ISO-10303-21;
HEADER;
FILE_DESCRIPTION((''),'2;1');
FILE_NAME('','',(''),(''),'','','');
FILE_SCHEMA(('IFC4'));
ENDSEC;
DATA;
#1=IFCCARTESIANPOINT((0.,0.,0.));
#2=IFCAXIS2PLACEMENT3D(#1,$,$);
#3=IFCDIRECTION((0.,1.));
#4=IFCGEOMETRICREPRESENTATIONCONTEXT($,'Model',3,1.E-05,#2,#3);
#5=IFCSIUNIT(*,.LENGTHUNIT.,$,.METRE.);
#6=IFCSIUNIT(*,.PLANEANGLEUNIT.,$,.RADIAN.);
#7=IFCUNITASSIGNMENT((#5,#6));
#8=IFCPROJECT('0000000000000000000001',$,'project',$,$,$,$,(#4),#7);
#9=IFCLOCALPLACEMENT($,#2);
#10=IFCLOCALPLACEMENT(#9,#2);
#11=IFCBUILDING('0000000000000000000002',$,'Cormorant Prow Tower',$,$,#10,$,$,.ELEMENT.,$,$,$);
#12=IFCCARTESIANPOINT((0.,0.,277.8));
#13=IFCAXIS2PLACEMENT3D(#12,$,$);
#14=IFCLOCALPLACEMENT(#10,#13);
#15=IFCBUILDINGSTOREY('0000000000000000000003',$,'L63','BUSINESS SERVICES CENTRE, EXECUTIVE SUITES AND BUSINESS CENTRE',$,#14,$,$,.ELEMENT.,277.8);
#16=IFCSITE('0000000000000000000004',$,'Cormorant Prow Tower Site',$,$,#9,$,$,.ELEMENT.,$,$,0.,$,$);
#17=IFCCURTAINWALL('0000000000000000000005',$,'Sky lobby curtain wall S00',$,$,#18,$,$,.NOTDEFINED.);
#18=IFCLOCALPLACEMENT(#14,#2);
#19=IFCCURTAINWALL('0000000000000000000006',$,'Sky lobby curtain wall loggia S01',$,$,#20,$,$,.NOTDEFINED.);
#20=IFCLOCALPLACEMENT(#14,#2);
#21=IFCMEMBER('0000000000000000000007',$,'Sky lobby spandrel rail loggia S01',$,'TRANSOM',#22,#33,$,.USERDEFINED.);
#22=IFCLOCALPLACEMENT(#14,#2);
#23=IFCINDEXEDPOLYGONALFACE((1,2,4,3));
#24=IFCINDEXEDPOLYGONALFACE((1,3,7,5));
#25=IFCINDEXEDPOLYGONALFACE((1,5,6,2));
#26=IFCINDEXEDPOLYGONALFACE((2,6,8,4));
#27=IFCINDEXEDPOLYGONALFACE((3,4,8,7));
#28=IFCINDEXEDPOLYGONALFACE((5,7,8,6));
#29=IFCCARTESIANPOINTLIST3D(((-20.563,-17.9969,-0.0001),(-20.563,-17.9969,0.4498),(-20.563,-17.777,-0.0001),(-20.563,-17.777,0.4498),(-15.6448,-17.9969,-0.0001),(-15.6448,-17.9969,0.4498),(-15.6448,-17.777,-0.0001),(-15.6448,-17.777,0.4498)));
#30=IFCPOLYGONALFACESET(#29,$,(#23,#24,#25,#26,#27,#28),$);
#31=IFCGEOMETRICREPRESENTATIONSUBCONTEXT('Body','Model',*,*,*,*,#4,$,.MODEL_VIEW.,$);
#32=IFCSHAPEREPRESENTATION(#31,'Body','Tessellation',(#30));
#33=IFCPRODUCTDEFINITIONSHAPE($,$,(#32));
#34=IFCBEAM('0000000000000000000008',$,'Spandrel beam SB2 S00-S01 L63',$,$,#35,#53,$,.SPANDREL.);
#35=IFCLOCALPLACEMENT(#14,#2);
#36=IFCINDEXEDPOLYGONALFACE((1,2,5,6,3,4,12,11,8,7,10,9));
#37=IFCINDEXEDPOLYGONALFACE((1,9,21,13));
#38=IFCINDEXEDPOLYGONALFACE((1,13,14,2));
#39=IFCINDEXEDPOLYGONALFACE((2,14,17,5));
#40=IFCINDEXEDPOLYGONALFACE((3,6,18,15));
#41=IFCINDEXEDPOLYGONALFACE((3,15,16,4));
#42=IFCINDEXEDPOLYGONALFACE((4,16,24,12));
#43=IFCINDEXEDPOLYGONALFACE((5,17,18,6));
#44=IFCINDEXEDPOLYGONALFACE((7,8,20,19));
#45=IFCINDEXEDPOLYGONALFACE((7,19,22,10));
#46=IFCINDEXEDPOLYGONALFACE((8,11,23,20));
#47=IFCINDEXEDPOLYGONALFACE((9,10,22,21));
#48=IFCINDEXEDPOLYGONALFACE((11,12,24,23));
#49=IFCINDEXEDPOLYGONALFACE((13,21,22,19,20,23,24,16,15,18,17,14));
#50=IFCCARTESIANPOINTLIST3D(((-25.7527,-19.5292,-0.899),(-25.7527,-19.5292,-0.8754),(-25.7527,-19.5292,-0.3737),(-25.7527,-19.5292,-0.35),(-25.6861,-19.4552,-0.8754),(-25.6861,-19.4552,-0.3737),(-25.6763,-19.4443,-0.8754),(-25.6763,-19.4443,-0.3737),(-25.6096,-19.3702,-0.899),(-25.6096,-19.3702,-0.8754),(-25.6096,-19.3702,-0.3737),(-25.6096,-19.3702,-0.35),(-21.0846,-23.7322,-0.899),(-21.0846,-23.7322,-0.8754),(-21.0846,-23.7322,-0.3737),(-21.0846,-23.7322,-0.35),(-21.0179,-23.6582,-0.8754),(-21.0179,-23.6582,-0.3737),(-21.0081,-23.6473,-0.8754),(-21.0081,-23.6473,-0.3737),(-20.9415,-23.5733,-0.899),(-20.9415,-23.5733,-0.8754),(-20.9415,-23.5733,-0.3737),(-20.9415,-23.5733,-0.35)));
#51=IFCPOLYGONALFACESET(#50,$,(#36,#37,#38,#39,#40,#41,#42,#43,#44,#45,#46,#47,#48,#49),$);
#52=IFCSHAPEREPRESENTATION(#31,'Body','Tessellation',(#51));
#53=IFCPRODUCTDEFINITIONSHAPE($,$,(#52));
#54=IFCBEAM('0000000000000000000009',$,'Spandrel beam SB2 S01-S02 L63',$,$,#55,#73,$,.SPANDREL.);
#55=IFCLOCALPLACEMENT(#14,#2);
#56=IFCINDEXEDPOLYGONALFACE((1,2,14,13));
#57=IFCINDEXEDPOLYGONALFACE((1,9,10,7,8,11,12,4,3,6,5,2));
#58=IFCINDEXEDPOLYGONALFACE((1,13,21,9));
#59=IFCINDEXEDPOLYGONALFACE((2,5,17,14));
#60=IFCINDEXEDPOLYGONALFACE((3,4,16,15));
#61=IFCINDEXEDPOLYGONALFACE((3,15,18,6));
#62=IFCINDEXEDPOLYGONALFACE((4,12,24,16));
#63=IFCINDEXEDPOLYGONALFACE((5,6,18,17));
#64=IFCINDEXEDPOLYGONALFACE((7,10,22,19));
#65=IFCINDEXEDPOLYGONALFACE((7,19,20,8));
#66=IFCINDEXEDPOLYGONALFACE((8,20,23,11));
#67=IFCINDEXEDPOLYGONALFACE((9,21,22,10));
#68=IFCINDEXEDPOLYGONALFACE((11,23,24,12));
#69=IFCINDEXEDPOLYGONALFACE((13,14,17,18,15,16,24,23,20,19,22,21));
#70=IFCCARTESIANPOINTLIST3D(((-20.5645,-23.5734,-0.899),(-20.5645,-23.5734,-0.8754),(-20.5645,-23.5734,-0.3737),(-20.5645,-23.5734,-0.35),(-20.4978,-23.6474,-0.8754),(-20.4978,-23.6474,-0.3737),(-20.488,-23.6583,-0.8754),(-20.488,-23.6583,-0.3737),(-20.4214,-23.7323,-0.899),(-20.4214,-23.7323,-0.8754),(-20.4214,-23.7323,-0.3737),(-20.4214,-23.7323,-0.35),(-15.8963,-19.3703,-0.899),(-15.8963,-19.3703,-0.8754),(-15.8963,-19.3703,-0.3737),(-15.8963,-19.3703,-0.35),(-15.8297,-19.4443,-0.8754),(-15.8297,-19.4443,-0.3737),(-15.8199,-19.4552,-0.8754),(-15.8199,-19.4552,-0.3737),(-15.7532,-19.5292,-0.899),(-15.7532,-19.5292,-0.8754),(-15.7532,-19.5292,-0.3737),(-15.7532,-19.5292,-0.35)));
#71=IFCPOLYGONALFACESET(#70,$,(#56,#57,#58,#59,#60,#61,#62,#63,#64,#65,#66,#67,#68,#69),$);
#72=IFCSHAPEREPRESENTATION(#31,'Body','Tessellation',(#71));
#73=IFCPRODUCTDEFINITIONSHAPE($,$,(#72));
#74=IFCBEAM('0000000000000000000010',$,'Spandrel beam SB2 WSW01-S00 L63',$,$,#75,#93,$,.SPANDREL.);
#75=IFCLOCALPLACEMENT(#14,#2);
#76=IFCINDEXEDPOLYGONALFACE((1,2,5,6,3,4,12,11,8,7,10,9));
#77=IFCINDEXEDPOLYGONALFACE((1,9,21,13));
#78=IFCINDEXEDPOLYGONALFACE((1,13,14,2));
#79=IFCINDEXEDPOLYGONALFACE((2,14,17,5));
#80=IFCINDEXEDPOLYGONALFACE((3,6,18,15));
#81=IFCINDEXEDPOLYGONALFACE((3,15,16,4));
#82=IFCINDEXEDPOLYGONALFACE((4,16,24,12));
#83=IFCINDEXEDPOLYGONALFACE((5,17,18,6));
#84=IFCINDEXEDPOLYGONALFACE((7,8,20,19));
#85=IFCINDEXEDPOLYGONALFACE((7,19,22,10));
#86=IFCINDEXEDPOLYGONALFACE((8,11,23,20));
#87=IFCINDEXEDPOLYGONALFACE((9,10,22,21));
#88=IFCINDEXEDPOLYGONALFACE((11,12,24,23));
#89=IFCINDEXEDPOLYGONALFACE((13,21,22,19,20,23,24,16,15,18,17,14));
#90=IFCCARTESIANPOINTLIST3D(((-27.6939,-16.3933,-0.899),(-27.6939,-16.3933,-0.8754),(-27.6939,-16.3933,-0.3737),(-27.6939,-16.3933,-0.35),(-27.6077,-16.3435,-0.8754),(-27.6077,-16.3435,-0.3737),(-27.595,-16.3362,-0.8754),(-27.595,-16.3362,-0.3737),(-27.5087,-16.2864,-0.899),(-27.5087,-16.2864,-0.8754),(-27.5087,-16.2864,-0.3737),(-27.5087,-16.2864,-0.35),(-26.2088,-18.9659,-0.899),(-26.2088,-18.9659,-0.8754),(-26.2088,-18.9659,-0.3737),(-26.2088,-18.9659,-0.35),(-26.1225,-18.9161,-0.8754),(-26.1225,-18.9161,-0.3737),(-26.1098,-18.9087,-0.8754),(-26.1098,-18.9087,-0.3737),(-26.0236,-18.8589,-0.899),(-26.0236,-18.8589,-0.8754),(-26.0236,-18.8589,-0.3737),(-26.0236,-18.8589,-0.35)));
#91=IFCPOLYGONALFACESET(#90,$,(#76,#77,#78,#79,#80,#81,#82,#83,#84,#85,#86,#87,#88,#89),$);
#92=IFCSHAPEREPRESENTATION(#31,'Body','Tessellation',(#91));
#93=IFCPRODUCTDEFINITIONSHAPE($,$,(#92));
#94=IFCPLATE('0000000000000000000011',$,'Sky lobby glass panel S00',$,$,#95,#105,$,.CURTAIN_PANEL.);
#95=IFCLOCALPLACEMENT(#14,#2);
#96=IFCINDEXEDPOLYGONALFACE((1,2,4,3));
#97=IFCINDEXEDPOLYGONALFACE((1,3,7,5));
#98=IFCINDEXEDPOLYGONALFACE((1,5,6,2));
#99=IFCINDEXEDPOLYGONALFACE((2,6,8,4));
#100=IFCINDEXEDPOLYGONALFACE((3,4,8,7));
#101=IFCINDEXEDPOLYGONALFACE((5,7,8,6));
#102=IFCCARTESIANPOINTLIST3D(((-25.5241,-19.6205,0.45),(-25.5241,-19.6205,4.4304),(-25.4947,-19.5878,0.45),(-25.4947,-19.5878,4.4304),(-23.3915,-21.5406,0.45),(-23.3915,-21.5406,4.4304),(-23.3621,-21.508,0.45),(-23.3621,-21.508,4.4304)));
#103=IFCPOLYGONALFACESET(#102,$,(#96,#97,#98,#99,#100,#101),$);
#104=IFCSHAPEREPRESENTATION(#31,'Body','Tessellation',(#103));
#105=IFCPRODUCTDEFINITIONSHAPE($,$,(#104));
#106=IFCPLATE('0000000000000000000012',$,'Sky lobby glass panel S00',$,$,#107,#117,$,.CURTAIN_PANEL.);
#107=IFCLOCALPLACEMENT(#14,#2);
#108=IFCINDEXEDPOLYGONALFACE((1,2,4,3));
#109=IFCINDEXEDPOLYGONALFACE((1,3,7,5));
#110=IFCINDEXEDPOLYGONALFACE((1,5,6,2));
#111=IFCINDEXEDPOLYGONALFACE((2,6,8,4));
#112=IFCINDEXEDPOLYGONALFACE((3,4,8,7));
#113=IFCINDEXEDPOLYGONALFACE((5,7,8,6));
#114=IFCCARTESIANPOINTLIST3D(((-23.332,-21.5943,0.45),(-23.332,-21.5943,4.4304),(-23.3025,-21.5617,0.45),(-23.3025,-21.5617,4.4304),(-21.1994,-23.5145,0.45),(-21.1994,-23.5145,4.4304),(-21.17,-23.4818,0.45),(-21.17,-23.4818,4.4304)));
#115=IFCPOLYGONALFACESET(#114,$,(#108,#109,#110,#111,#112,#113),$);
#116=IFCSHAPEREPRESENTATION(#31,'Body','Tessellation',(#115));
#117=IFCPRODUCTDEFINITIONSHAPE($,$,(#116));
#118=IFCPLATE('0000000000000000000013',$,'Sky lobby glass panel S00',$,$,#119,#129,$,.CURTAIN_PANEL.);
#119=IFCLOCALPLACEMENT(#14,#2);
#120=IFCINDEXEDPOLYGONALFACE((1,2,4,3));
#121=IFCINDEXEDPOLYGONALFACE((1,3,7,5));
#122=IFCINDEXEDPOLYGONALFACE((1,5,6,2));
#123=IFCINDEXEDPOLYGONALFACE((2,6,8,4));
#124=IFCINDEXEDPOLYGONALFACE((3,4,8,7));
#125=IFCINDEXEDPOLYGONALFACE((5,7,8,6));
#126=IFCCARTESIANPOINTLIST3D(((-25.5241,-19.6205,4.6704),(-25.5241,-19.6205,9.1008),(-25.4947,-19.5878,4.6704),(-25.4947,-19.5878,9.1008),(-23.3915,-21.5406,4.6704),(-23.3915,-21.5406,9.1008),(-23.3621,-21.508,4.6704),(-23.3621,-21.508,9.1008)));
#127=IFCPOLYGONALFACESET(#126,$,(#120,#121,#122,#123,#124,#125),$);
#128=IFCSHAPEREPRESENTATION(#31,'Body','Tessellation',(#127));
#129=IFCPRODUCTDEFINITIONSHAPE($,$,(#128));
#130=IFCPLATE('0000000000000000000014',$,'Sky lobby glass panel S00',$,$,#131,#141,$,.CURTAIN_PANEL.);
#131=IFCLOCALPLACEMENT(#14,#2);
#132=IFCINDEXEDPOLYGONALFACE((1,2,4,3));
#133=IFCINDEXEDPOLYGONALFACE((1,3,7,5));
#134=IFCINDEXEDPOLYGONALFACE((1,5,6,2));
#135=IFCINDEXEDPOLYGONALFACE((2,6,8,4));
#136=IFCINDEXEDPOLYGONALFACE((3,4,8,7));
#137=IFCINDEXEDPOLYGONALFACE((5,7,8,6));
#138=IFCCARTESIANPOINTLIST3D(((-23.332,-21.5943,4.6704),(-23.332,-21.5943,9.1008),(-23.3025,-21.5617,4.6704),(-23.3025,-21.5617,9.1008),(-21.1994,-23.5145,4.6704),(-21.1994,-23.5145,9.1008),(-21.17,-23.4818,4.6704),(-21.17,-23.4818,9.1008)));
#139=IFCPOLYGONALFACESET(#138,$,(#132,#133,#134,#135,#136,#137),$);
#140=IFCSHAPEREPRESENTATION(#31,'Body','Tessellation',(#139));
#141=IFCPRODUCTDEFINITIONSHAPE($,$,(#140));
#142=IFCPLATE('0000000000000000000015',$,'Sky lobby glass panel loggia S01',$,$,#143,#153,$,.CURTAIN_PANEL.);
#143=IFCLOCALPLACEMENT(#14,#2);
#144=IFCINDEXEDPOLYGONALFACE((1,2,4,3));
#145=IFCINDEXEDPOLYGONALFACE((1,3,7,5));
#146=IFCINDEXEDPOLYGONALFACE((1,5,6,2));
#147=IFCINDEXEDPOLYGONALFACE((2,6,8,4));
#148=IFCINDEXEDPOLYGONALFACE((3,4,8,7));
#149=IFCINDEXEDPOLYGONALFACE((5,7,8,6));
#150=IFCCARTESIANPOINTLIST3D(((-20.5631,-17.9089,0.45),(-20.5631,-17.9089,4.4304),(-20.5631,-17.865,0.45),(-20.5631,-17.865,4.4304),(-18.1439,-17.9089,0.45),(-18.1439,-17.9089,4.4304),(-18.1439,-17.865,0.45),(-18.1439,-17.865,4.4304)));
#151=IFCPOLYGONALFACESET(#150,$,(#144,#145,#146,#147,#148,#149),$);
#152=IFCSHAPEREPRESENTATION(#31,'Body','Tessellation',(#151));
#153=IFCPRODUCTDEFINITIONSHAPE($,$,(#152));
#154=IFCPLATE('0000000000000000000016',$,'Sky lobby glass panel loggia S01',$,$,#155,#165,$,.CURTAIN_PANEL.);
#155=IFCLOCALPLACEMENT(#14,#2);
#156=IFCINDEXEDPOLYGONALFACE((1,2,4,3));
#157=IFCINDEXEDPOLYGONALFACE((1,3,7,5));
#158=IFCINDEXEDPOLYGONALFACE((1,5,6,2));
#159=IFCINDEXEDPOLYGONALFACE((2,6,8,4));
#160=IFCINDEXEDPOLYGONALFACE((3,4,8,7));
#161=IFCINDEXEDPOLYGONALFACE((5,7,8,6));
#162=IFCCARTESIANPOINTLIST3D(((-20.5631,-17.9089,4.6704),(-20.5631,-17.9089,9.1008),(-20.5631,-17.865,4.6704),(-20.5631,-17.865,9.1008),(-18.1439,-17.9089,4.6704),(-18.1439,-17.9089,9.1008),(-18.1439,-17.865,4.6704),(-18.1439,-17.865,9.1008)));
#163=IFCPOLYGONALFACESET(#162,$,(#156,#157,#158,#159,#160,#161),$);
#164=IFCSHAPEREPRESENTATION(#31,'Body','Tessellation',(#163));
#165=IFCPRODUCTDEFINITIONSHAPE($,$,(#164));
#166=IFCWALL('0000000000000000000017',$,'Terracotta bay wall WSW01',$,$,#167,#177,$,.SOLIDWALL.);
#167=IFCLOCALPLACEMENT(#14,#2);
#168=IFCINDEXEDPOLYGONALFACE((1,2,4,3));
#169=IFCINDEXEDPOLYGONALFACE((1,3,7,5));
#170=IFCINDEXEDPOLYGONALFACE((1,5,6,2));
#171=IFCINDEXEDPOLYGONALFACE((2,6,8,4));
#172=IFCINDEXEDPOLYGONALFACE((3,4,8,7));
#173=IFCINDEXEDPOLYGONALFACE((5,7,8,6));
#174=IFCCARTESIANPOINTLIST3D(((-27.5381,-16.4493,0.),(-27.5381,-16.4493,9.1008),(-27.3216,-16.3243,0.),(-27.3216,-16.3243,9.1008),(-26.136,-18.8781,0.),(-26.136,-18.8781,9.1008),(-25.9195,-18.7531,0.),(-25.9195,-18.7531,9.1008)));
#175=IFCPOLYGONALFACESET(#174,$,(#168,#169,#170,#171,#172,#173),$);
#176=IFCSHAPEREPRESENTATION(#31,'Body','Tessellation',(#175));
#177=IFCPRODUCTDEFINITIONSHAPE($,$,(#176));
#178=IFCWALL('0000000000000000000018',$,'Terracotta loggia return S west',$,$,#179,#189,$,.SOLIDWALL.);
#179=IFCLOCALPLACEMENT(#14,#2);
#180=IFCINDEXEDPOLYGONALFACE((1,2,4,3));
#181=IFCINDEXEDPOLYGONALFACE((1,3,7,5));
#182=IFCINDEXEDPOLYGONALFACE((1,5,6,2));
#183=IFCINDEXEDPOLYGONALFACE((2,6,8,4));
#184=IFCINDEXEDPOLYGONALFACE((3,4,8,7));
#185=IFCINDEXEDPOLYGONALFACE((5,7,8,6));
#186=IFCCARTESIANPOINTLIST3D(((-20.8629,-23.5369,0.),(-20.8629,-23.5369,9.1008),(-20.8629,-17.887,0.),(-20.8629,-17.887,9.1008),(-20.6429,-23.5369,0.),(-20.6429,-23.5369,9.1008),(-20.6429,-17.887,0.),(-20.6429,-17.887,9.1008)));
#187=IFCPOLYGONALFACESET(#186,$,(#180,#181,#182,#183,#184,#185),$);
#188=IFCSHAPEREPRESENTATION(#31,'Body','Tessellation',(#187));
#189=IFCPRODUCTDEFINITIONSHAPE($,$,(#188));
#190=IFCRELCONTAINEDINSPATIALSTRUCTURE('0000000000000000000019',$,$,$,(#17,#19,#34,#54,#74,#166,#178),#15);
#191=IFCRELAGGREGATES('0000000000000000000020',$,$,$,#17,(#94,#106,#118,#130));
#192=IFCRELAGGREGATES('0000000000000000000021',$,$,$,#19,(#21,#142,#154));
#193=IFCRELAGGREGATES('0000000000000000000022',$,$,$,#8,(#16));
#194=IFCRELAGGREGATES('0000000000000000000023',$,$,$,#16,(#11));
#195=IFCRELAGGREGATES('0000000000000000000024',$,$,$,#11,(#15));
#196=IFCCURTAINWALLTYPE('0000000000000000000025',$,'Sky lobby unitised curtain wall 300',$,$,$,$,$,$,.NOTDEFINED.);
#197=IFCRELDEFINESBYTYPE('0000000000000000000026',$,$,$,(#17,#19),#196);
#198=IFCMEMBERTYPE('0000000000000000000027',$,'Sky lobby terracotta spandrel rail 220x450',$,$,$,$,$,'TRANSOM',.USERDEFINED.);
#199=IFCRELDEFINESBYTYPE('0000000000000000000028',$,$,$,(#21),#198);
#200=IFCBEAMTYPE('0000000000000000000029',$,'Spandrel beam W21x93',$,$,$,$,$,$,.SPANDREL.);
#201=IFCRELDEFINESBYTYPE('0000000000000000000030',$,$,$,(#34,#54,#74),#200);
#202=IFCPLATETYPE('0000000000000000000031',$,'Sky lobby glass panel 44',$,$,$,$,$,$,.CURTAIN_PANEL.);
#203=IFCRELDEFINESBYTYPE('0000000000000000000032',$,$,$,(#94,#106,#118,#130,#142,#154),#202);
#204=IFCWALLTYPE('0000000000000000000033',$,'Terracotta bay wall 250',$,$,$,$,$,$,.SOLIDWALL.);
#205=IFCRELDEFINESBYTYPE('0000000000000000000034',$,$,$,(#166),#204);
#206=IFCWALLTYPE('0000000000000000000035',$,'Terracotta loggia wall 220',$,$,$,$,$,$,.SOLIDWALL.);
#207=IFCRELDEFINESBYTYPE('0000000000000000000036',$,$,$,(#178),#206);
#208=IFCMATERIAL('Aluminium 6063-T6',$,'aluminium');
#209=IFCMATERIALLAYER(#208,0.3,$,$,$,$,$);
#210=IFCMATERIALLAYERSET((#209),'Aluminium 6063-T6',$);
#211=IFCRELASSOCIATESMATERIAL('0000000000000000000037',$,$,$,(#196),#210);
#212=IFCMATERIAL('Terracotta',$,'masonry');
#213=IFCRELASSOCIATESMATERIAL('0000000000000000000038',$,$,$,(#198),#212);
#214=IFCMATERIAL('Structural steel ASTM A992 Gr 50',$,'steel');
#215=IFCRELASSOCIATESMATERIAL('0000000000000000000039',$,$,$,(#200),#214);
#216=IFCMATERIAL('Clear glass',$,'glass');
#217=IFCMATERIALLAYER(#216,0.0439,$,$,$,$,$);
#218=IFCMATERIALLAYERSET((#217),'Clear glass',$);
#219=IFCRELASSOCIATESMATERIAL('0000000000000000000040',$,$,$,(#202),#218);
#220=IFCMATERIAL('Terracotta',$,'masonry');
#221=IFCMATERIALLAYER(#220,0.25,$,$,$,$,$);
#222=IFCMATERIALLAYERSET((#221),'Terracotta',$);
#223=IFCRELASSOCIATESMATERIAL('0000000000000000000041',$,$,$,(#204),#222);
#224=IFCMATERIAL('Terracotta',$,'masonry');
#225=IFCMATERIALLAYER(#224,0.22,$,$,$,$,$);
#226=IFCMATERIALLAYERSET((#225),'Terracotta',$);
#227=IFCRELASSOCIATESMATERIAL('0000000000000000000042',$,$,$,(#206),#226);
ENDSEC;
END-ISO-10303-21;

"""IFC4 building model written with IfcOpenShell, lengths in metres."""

from ifc_helpers import new_model, si_unit, direction, frame, frame_2d, origin, origin_2d, place, context, subcontext, project, spatial, rectangle, i_section, extrude, material, layer, layer_set, material_profile, profile_set, type_object, element, aggregate, save


model = new_model("IFC4")

# Units and contexts
model_context = context("Model", 3, precision=1e-05, world=origin(), true_north=direction((0.0, 1.0)))
body_context = subcontext(model_context, "Body", "Model", "MODEL_VIEW")
ifc_project = project(units=[si_unit("LENGTHUNIT", "METRE"), si_unit("PLANEANGLEUNIT", "RADIAN")], contexts=[model_context])

# Site, building, storey
site_placement = place(None, origin())
site = spatial("IfcSite", under=ifc_project, at=site_placement, Name="Cormorant Prow Tower Site", CompositionType="ELEMENT", RefElevation=0.0)
building_placement = place(site_placement, origin())
building = spatial("IfcBuilding", under=site, at=building_placement, Name="Cormorant Prow Tower", CompositionType="ELEMENT")
storey_placement = place(building_placement, frame((0.0, 0.0, 277.8)))
storey = spatial("IfcBuildingStorey", under=building, at=storey_placement, Name="L63", Description="BUSINESS SERVICES CENTRE, EXECUTIVE SUITES AND BUSINESS CENTRE", CompositionType="ELEMENT", Elevation=277.8)

# Curtain walls
ifc_material_1 = material(Name="Aluminium 6063-T6", Category="aluminium")
ifc_layer_1 = layer(ifc_material_1, 0.3)
ifc_layer_set_1 = layer_set([ifc_layer_1], Name="Aluminium 6063-T6")
curtain_wall_type = type_object("IfcCurtainWallType", Name="Sky lobby unitised curtain wall 300", PredefinedType="NOTDEFINED", material=ifc_layer_set_1)
curtain_wall_1_placement = place(storey_placement, origin())
curtain_wall_1 = element("IfcCurtainWall", 1, at=curtain_wall_1_placement, inside=storey, type_object=curtain_wall_type, Name="Sky lobby curtain wall S00", PredefinedType="NOTDEFINED")
curtain_wall_2_placement = place(storey_placement, origin())
curtain_wall_2 = element("IfcCurtainWall", 2, at=curtain_wall_2_placement, inside=storey, type_object=curtain_wall_type, Name="Sky lobby curtain wall loggia S01", PredefinedType="NOTDEFINED")

# Member
ifc_material_2 = material(Name="Terracotta", Category="masonry")
ifc_material_profile_1 = material_profile(ifc_material_2, rectangle(XDim=0.22, YDim=0.45, at=origin_2d()), Name="Sky lobby terracotta spandrel rail 220x450")
ifc_profile_set_1 = profile_set([ifc_material_profile_1], Name="Terracotta")
member_type_1 = type_object("IfcMemberType", Name="Sky lobby terracotta spandrel rail 220x450", ElementType="TRANSOM", PredefinedType="USERDEFINED", material=ifc_profile_set_1)
member_1_placement = place(storey_placement, frame((-20.563, -17.887, 0.2249), z_axis=(1.0, 0.0, 0.0), x_axis=(0.0, 1.0, 0.0)))
member_1 = element("IfcMember", 3, at=member_1_placement, type_object=member_type_1, Name="Sky lobby spandrel rail loggia S01", ObjectType="TRANSOM", PredefinedType="USERDEFINED", context=body_context, shape_type="SweptSolid", body=[
    extrude(rectangle(XDim=0.22, YDim=0.45, at=origin_2d()), origin(), (0.0, 0.0, 1.0), 4.9182),
])

# Beams
ifc_material_3 = material(Name="Structural steel ASTM A992 Gr 50", Category="steel")
ifc_material_profile_2 = material_profile(ifc_material_3, i_section(OverallWidth=0.2139, OverallDepth=0.5491, WebThickness=0.0146, FlangeThickness=0.0237, at=origin_2d()), Name="W21x93")
ifc_profile_set_2 = profile_set([ifc_material_profile_2], Name="Structural steel ASTM A992 Gr 50")
beam_type = type_object("IfcBeamType", Name="Spandrel beam W21x93", PredefinedType="SPANDREL", material=ifc_profile_set_2)
for number, where, z_axis, x_axis, name in (
    (4, (-25.6812, -19.4497, -0.6245), (0.743157, -0.669117, 0.0), (0.669117, 0.743157, 0.0), "Spandrel beam SB2 S00-S01 L63"),
    (5, (-20.4929, -23.6528, -0.6245), (0.743157, 0.669117, 0.0), (-0.669117, 0.743157, 0.0), "Spandrel beam SB2 S01-S02 L63"),
):
    element("IfcBeam", number, at=place(storey_placement, frame(where, z_axis=z_axis, x_axis=x_axis)), inside=storey, type_object=beam_type, Name=name, PredefinedType="SPANDREL", context=body_context, shape_type="SweptSolid", body=[
        extrude(i_section(OverallWidth=0.2139, OverallDepth=0.5491, WebThickness=0.0146, FlangeThickness=0.0237, at=origin_2d()), origin(), (0.0, 0.0, 1.0), 6.2815),
    ])
beam_placement = place(storey_placement, frame((-27.6013, -16.3398, -0.6245), z_axis=(0.499967, -0.866045, 0.0), x_axis=(0.866045, 0.499967, 0.0)))
element("IfcBeam", 6, at=beam_placement, inside=storey, type_object=beam_type, Name="Spandrel beam SB2 WSW01-S00 L63", PredefinedType="SPANDREL", context=body_context, shape_type="SweptSolid", body=[
    extrude(i_section(OverallWidth=0.2139, OverallDepth=0.5491, WebThickness=0.0146, FlangeThickness=0.0237, at=origin_2d()), origin(), (0.0, 0.0, 1.0), 2.9705),
])

# Plates
ifc_material_4 = material(Name="Clear glass", Category="glass")
ifc_layer_2 = layer(ifc_material_4, 0.0439)
ifc_layer_set_2 = layer_set([ifc_layer_2], Name="Clear glass")
plate_type = type_object("IfcPlateType", Name="Sky lobby glass panel 44", PredefinedType="CURTAIN_PANEL", material=ifc_layer_set_2)
plate_1_placement = place(storey_placement, frame((-24.4431, -20.5642, 0.45), z_axis=(0.0, 0.0, 1.0), x_axis=(0.743145, -0.669131, 0.0)))
plate_1 = element("IfcPlate", 7, at=plate_1_placement, type_object=plate_type, Name="Sky lobby glass panel S00", PredefinedType="CURTAIN_PANEL", context=body_context, shape_type="SweptSolid", body=[
    extrude(rectangle(XDim=2.8696, YDim=0.0439, at=origin_2d()), origin(), (0.0, 0.0, 1.0), 3.9805),
])
plate_2_placement = place(storey_placement, frame((-22.251, -22.5381, 0.45), z_axis=(0.0, 0.0, 1.0), x_axis=(0.743145, -0.669131, 0.0)))
plate_2 = element("IfcPlate", 8, at=plate_2_placement, type_object=plate_type, Name="Sky lobby glass panel S00", PredefinedType="CURTAIN_PANEL", context=body_context, shape_type="SweptSolid", body=[
    extrude(rectangle(XDim=2.8696, YDim=0.0439, at=origin_2d()), origin(), (0.0, 0.0, 1.0), 3.9805),
])
plate_3_placement = place(storey_placement, frame((-24.4431, -20.5642, 4.6704), z_axis=(0.0, 0.0, 1.0), x_axis=(0.743145, -0.669131, 0.0)))
plate_3 = element("IfcPlate", 9, at=plate_3_placement, type_object=plate_type, Name="Sky lobby glass panel S00", PredefinedType="CURTAIN_PANEL", context=body_context, shape_type="SweptSolid", body=[
    extrude(rectangle(XDim=2.8696, YDim=0.0439, at=origin_2d()), origin(), (0.0, 0.0, 1.0), 4.4304),
])
plate_4_placement = place(storey_placement, frame((-22.251, -22.5381, 4.6704), z_axis=(0.0, 0.0, 1.0), x_axis=(0.743145, -0.669131, 0.0)))
plate_4 = element("IfcPlate", 10, at=plate_4_placement, type_object=plate_type, Name="Sky lobby glass panel S00", PredefinedType="CURTAIN_PANEL", context=body_context, shape_type="SweptSolid", body=[
    extrude(rectangle(XDim=2.8696, YDim=0.0439, at=origin_2d()), origin(), (0.0, 0.0, 1.0), 4.4304),
])
aggregate(curtain_wall_1, [plate_1, plate_2, plate_3, plate_4])
plate_5_placement = place(storey_placement, frame((-19.3535, -17.887, 0.45), z_axis=(0.0, 0.0, 1.0), x_axis=(1.0, 0.0, 0.0)))
plate_5 = element("IfcPlate", 11, at=plate_5_placement, type_object=plate_type, Name="Sky lobby glass panel loggia S01", PredefinedType="CURTAIN_PANEL", context=body_context, shape_type="SweptSolid", body=[
    extrude(rectangle(XDim=2.4192, YDim=0.0439, at=origin_2d()), origin(), (0.0, 0.0, 1.0), 3.9805),
])
plate_6_placement = place(storey_placement, frame((-19.3535, -17.887, 4.6704), z_axis=(0.0, 0.0, 1.0), x_axis=(1.0, 0.0, 0.0)))
plate_6 = element("IfcPlate", 12, at=plate_6_placement, type_object=plate_type, Name="Sky lobby glass panel loggia S01", PredefinedType="CURTAIN_PANEL", context=body_context, shape_type="SweptSolid", body=[
    extrude(rectangle(XDim=2.4192, YDim=0.0439, at=origin_2d()), origin(), (0.0, 0.0, 1.0), 4.4304),
])
aggregate(curtain_wall_2, [member_1, plate_5, plate_6])

# Walls
ifc_material_5 = material(Name="Terracotta", Category="masonry")
ifc_layer_3 = layer(ifc_material_5, 0.25)
ifc_layer_set_3 = layer_set([ifc_layer_3], Name="Terracotta")
wall_type_1 = type_object("IfcWallType", Name="Terracotta bay wall 250", PredefinedType="SOLIDWALL", material=ifc_layer_set_3)
wall_1_placement = place(storey_placement, frame((-27.4299, -16.3867, 0.0), z_axis=(0.0, 0.0, 1.0), x_axis=(0.499969, -0.866044, 0.0)))
element("IfcWall", 13, at=wall_1_placement, inside=storey, type_object=wall_type_1, Name="Terracotta bay wall WSW01", PredefinedType="SOLIDWALL", context=body_context, shape_type="SweptSolid", body=[
    extrude(rectangle(XDim=2.8044, YDim=0.25, at=frame_2d((1.4023, 0.0))), origin(), (0.0, 0.0, 1.0), 9.1008),
])
ifc_material_6 = material(Name="Terracotta", Category="masonry")
ifc_layer_4 = layer(ifc_material_6, 0.22)
ifc_layer_set_4 = layer_set([ifc_layer_4], Name="Terracotta")
wall_type_2 = type_object("IfcWallType", Name="Terracotta loggia wall 220", PredefinedType="SOLIDWALL", material=ifc_layer_set_4)
wall_2_placement = place(storey_placement, frame((-20.7529, -23.5369, 0.0), z_axis=(0.0, 0.0, 1.0), x_axis=(0.0, 1.0, 0.0)))
element("IfcWall", 14, at=wall_2_placement, inside=storey, type_object=wall_type_2, Name="Terracotta loggia return S west", PredefinedType="SOLIDWALL", context=body_context, shape_type="SweptSolid", body=[
    extrude(rectangle(XDim=5.6499, YDim=0.22, at=frame_2d((2.825, 0.0))), origin(), (0.0, 0.0, 1.0), 9.1008),
])

save(model, "model.ifc")
